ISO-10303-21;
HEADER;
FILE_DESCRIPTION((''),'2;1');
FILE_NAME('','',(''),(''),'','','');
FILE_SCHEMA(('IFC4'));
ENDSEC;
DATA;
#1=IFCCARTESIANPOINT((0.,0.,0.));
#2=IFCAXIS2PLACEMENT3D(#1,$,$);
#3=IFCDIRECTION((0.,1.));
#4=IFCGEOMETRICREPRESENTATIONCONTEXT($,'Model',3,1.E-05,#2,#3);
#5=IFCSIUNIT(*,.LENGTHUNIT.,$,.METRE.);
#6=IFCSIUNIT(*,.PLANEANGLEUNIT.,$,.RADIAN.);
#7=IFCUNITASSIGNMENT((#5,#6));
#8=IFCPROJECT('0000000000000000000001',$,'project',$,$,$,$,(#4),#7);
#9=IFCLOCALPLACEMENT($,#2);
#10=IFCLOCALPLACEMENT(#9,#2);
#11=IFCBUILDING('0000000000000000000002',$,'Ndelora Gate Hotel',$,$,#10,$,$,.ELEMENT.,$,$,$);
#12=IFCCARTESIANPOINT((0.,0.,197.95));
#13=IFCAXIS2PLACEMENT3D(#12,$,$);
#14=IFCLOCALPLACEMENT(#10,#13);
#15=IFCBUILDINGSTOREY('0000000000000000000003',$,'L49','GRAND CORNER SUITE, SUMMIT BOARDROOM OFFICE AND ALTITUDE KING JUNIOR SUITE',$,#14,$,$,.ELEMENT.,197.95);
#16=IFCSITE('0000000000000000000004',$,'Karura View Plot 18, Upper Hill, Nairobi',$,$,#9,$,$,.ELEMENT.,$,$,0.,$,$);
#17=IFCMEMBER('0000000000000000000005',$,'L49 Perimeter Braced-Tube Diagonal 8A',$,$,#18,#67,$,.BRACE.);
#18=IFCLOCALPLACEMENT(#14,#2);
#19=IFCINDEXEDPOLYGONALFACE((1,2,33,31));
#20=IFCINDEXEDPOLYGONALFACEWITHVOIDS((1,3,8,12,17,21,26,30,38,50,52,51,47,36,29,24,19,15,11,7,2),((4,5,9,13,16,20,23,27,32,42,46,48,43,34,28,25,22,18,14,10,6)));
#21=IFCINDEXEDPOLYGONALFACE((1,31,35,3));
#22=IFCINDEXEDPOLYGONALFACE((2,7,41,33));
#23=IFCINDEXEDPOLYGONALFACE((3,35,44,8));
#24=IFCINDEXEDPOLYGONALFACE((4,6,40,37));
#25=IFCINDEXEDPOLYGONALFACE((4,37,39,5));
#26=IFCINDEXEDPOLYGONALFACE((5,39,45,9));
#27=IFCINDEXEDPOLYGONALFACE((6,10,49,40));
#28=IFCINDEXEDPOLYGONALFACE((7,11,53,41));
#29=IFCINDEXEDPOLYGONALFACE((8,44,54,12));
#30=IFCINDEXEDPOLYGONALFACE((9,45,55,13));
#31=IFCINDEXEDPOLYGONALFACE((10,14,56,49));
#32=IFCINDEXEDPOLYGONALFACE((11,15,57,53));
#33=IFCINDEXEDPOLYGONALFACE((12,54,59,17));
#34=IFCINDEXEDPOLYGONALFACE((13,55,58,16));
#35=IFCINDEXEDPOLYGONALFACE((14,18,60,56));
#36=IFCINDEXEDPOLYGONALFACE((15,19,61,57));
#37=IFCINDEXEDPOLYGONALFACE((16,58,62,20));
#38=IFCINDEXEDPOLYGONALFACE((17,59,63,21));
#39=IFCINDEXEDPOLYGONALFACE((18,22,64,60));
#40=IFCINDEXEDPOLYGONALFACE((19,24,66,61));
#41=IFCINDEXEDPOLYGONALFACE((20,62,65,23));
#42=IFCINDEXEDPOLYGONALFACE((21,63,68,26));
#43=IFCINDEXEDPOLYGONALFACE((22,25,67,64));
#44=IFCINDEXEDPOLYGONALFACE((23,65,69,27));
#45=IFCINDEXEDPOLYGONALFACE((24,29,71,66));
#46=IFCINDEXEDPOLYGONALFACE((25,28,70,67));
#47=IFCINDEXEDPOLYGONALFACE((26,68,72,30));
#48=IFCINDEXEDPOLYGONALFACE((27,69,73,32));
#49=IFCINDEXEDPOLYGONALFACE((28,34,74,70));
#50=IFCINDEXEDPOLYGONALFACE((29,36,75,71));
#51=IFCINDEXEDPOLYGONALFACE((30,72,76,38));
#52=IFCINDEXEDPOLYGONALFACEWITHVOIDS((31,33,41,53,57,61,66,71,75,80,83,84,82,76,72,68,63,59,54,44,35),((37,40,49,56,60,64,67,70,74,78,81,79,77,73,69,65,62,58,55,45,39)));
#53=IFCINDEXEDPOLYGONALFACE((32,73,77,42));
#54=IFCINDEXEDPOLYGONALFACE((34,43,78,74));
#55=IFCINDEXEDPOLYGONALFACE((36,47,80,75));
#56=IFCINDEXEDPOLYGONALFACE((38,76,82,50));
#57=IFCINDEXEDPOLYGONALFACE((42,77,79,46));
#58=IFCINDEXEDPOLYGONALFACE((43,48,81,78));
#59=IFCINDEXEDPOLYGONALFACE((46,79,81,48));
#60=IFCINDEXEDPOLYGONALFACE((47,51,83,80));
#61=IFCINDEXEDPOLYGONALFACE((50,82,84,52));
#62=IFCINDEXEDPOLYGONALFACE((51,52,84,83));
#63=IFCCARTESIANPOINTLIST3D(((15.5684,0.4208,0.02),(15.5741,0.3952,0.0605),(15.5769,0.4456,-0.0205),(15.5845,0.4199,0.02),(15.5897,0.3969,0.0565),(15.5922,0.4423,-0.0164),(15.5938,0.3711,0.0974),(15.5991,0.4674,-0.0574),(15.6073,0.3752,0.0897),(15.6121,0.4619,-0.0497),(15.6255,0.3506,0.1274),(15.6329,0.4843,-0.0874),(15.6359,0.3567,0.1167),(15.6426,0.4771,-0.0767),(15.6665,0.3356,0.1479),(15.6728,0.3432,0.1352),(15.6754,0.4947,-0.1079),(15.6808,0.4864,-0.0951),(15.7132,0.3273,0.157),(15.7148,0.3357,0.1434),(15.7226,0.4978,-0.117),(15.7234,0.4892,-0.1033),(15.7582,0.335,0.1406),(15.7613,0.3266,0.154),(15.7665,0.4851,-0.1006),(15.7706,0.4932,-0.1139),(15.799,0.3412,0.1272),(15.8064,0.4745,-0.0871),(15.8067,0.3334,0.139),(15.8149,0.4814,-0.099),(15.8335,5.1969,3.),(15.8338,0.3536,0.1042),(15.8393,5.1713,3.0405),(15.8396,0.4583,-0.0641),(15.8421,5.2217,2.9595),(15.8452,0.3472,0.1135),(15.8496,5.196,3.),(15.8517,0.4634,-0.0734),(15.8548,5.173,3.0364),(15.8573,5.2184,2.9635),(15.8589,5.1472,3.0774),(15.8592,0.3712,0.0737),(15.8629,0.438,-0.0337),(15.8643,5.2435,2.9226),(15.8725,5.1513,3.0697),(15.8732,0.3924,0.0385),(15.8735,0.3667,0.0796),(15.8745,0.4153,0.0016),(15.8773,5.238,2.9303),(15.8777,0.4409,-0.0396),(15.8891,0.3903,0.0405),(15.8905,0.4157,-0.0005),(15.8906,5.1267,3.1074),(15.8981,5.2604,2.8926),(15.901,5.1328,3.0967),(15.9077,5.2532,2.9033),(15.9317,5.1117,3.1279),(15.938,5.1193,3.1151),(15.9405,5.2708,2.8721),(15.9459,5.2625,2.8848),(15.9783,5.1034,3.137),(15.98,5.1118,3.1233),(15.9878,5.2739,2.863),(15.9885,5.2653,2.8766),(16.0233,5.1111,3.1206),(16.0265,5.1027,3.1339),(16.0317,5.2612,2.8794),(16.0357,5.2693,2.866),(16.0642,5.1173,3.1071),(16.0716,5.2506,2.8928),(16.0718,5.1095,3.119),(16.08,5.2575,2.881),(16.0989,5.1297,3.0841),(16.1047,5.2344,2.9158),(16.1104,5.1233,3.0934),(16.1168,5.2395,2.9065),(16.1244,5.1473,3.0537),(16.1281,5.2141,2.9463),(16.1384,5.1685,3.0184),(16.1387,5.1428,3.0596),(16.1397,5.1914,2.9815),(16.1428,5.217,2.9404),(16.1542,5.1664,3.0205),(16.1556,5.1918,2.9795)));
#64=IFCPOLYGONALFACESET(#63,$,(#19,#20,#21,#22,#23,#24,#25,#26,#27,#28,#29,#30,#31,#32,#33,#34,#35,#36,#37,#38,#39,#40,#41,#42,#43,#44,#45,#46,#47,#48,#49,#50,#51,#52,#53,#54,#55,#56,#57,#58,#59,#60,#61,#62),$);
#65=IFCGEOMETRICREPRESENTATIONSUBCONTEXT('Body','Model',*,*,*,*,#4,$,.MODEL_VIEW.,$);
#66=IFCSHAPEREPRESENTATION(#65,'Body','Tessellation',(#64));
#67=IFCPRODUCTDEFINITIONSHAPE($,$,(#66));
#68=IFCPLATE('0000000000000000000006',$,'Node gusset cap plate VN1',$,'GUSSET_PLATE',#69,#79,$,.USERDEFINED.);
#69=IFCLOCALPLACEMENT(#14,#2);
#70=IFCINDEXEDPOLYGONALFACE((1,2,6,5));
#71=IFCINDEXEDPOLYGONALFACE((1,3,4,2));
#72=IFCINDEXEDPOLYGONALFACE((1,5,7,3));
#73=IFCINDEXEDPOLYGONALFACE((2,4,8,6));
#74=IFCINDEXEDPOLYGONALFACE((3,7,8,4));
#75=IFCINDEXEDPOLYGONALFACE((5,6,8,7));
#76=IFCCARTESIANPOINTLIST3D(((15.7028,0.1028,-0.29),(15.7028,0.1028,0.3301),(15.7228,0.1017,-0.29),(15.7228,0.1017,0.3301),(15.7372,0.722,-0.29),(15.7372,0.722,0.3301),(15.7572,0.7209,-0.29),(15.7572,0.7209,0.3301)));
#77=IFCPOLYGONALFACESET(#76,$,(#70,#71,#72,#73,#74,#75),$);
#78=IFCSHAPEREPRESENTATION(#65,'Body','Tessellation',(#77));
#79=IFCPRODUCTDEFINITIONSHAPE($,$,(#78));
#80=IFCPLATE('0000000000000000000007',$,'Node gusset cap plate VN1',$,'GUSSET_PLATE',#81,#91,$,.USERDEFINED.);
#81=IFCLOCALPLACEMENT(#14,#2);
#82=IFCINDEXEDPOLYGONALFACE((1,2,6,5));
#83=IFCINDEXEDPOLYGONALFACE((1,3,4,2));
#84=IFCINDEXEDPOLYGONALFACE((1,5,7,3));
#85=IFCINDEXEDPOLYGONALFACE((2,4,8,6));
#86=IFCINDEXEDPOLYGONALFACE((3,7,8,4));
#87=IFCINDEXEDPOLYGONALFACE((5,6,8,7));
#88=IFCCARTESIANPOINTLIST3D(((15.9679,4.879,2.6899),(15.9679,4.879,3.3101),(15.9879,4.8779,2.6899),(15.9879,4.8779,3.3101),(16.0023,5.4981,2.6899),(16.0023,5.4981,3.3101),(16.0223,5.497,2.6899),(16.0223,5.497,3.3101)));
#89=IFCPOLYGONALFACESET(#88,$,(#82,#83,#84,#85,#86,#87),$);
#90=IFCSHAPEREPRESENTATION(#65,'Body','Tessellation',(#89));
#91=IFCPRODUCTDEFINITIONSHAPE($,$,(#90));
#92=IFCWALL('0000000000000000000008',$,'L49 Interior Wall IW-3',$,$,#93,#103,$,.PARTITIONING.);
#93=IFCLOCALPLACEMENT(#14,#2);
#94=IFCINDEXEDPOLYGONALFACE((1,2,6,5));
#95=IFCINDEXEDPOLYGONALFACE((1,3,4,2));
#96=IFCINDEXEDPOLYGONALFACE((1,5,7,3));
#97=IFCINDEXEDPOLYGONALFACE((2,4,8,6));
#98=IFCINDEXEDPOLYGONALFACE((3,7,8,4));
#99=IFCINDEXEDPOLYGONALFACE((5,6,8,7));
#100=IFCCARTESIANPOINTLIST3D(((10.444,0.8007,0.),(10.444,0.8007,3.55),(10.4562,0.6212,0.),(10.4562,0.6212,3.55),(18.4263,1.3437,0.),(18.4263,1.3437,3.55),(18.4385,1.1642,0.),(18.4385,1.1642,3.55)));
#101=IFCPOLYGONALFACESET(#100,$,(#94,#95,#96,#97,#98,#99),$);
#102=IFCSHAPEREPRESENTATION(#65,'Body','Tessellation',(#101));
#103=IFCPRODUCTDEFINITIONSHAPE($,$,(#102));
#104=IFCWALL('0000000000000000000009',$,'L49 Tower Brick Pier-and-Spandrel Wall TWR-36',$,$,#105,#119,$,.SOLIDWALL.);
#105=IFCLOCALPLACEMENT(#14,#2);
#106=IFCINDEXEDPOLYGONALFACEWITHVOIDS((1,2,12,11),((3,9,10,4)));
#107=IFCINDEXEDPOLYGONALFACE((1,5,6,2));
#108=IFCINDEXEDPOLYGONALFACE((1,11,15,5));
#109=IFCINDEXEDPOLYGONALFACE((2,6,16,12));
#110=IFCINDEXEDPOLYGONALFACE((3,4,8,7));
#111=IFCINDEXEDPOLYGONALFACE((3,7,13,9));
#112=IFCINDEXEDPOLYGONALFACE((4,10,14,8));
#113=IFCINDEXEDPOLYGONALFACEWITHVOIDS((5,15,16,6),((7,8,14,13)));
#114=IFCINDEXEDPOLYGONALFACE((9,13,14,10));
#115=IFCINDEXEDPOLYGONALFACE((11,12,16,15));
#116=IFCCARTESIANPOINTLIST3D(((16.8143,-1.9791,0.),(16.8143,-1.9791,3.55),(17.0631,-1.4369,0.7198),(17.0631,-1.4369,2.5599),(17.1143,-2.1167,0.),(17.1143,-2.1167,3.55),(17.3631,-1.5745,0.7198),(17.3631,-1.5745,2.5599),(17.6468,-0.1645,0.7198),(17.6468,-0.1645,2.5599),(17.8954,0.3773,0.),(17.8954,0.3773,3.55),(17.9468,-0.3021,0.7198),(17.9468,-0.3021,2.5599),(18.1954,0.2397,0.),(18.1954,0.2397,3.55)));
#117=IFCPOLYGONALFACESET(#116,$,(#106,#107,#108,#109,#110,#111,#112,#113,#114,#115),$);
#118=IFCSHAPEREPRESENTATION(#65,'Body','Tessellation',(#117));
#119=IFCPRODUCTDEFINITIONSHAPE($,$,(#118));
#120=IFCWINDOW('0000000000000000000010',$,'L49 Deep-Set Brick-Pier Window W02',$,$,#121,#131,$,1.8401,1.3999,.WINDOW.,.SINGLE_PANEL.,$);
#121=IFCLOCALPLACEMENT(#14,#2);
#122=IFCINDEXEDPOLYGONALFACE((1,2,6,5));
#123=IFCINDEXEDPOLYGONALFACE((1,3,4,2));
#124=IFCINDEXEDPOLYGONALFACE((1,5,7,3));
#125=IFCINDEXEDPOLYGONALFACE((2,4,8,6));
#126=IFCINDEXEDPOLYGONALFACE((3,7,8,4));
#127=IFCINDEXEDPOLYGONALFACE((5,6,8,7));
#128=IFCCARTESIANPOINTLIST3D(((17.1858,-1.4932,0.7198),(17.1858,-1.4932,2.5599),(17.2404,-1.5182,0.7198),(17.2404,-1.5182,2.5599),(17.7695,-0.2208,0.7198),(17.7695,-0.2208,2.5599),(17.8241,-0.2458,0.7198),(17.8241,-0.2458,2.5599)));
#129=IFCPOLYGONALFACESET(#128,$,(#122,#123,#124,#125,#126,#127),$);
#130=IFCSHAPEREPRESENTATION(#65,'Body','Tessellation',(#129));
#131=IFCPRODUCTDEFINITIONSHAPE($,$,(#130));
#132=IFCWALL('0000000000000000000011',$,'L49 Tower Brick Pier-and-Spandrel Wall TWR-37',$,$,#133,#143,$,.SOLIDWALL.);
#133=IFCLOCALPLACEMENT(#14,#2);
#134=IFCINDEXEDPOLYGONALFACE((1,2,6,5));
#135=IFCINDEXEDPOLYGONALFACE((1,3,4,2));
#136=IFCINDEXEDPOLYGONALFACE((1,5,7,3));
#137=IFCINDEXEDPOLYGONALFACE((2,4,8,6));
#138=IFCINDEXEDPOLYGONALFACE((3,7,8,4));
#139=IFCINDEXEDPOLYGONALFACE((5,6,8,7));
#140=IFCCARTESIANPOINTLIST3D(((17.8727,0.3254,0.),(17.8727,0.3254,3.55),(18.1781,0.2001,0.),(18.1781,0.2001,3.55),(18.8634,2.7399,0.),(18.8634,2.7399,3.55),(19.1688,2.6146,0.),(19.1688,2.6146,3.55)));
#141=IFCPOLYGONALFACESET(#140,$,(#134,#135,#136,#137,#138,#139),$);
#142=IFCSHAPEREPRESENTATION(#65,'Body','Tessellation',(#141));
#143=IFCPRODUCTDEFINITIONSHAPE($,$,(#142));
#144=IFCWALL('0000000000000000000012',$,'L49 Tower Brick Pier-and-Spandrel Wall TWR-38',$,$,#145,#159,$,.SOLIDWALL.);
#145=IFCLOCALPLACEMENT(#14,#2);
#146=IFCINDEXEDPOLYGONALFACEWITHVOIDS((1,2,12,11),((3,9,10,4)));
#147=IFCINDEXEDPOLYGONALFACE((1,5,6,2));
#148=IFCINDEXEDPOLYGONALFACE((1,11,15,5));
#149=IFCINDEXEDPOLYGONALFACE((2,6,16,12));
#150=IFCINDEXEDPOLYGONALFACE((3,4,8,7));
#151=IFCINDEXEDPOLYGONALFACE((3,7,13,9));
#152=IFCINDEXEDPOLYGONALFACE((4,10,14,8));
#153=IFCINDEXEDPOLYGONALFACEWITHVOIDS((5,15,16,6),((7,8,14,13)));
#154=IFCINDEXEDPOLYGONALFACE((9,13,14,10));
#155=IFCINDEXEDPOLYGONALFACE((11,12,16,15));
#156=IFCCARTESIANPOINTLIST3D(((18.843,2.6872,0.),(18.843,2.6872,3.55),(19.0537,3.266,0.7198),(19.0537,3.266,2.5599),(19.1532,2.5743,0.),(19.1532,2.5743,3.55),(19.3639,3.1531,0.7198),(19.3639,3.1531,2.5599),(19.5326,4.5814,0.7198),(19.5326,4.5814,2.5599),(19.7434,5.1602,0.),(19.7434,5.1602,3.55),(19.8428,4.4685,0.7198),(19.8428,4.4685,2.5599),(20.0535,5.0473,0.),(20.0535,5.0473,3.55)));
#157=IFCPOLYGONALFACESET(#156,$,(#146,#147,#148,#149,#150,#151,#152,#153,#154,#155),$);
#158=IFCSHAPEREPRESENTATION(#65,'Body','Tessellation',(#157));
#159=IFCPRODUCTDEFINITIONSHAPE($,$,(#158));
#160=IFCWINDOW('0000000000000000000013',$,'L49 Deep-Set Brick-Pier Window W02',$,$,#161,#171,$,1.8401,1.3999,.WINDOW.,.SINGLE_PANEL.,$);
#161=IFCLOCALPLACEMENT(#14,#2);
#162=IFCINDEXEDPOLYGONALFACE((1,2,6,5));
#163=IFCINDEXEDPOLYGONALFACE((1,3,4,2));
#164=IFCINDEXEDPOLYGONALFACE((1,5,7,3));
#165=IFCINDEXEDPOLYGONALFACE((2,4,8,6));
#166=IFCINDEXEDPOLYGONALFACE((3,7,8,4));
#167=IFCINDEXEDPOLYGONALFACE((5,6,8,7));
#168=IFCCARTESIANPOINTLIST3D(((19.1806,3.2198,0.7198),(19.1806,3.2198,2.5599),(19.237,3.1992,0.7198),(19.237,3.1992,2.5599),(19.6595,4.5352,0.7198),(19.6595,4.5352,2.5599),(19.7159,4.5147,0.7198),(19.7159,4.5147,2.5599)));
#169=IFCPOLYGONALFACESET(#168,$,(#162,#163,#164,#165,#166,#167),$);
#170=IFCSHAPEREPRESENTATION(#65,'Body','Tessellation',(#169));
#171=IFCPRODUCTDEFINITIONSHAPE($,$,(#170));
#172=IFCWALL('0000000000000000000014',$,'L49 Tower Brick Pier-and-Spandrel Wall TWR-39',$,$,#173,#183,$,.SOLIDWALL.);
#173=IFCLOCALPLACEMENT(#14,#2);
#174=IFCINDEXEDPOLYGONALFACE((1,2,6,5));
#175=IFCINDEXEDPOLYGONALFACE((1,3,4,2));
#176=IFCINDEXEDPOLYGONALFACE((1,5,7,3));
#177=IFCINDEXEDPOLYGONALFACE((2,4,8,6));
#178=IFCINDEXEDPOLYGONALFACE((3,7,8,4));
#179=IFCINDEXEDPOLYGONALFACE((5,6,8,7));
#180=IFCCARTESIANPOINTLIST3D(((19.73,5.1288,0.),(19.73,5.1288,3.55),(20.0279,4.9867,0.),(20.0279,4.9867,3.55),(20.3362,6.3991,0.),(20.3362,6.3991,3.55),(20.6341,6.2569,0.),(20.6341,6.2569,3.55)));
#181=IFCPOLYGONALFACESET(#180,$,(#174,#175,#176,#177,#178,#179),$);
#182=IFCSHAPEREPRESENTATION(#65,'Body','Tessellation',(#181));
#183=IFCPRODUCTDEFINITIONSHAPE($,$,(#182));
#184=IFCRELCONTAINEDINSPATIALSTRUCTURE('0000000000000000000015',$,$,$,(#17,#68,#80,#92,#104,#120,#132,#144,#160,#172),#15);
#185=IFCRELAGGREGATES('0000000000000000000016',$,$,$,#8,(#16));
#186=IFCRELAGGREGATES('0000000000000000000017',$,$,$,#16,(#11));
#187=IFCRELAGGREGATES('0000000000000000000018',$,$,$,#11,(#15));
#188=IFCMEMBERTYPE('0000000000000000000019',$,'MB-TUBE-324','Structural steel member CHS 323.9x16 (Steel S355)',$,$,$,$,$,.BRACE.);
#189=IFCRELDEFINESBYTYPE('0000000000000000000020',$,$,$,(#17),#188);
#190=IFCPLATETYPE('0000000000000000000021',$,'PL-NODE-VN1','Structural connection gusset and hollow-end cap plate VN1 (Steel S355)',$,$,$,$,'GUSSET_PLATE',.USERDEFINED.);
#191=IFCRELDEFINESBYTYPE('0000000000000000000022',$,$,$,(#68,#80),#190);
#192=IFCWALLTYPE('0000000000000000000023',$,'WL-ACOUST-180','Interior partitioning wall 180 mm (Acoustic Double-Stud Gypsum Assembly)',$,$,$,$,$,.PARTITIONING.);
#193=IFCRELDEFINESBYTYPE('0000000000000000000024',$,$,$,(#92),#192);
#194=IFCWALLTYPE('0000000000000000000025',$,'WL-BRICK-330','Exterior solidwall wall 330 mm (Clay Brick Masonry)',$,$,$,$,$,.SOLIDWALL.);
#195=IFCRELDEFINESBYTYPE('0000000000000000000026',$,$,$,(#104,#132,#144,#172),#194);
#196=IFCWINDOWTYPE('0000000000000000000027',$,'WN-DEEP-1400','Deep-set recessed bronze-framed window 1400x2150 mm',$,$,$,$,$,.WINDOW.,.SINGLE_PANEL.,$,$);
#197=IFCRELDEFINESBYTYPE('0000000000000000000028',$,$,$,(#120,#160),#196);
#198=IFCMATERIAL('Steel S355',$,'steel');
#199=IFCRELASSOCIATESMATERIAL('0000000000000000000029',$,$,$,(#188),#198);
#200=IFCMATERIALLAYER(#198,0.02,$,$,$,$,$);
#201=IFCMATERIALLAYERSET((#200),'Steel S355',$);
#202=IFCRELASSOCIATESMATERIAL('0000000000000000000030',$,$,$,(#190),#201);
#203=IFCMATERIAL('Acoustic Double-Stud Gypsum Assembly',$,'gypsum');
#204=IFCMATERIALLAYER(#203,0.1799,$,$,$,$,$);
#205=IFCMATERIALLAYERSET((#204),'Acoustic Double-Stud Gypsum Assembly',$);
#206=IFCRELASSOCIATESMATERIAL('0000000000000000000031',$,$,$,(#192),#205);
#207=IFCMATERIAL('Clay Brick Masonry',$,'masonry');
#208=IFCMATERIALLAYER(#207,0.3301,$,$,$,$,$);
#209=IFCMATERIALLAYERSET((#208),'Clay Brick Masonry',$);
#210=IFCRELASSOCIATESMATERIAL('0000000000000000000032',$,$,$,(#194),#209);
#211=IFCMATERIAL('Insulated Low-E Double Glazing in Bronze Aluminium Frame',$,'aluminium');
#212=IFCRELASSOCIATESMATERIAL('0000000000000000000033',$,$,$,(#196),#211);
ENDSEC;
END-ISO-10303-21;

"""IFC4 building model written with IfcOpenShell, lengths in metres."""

from ifc_helpers import new_model, si_unit, direction, frame, frame_2d, origin, origin_2d, place, context, subcontext, project, spatial, rectangle, hollow_circle, extrude, material, layer, layer_set, material_profile, profile_set, type_object, element, fill, save


model = new_model("IFC4")

# Units and contexts
model_context = context("Model", 3, precision=1e-05, world=origin(), true_north=direction((0.0, 1.0)))
body_context = subcontext(model_context, "Body", "Model", "MODEL_VIEW")
ifc_project = project(units=[si_unit("LENGTHUNIT", "METRE"), si_unit("PLANEANGLEUNIT", "RADIAN")], contexts=[model_context])

# Site, building, storey
site_placement = place(None, origin())
site = spatial("IfcSite", under=ifc_project, at=site_placement, Name="Karura View Plot 18, Upper Hill, Nairobi", CompositionType="ELEMENT", RefElevation=0.0)
building_placement = place(site_placement, origin())
building = spatial("IfcBuilding", under=site, at=building_placement, Name="Ndelora Gate Hotel", CompositionType="ELEMENT")
storey_placement = place(building_placement, frame((0.0, 0.0, 197.95)))
storey = spatial("IfcBuildingStorey", under=building, at=storey_placement, Name="L49", Description="GRAND CORNER SUITE, SUMMIT BOARDROOM OFFICE AND ALTITUDE KING JUNIOR SUITE", CompositionType="ELEMENT", Elevation=197.95)

# Shared definitions
ifc_material_1 = material(Name="Steel S355", Category="steel")

# Member
ifc_material_profile_1 = material_profile(ifc_material_1, hollow_circle(Radius=0.1619, WallThickness=0.0161, at=origin_2d()), Name="CHS 323.9x16")
ifc_profile_set_1 = profile_set([ifc_material_profile_1], Name="Steel S355")
member_type = type_object("IfcMemberType", Name="MB-TUBE-324", Description="Structural steel member CHS 323.9x16 (Steel S355)", PredefinedType="BRACE", material=ifc_profile_set_1)
member_placement = place(storey_placement, frame((15.73, 0.4119, 0.02), z_axis=(0.047045, 0.847466, 0.528762), x_axis=(-0.998463, 0.055428, 0.0)))
element("IfcMember", 1, at=member_placement, inside=storey, type_object=member_type, Name="L49 Perimeter Braced-Tube Diagonal 8A", PredefinedType="BRACE", context=body_context, shape_type="SweptSolid", body=[
    extrude(hollow_circle(Radius=0.1619, WallThickness=0.0161, at=origin_2d()), origin(), (0.0, 0.0, 1.0), 5.6357),
])

# Plates
ifc_layer_1 = layer(ifc_material_1, 0.02)
ifc_layer_set_1 = layer_set([ifc_layer_1], Name="Steel S355")
plate_type = type_object("IfcPlateType", Name="PL-NODE-VN1", Description="Structural connection gusset and hollow-end cap plate VN1 (Steel S355)", ElementType="GUSSET_PLATE", PredefinedType="USERDEFINED", material=ifc_layer_set_1)
for number, where, z_axis, x_axis, name in (
    (2, (15.73, 0.4119, -0.29), (0.0, 0.0, 1.0), (0.055473, 0.99846, 0.0), "Node gusset cap plate VN1"),
    (3, (15.9951, 5.188, 2.6899), (0.0, 0.0, 1.0), (0.055473, 0.99846, 0.0), "Node gusset cap plate VN1"),
):
    element("IfcPlate", number, at=place(storey_placement, frame(where, z_axis=z_axis, x_axis=x_axis)), inside=storey, type_object=plate_type, Name=name, ObjectType="GUSSET_PLATE", PredefinedType="USERDEFINED", context=body_context, shape_type="SweptSolid", body=[
        extrude(rectangle(XDim=0.6201, YDim=0.02, at=origin_2d()), origin(), (0.0, 0.0, 1.0), 0.6201),
    ])

# Wall
ifc_material_2 = material(Name="Acoustic Double-Stud Gypsum Assembly", Category="gypsum")
ifc_layer_2 = layer(ifc_material_2, 0.1799)
ifc_layer_set_2 = layer_set([ifc_layer_2], Name="Acoustic Double-Stud Gypsum Assembly")
wall_type_1 = type_object("IfcWallType", Name="WL-ACOUST-180", Description="Interior partitioning wall 180 mm (Acoustic Double-Stud Gypsum Assembly)", PredefinedType="PARTITIONING", material=ifc_layer_set_2)
wall_1_placement = place(storey_placement, frame((10.45, 0.7109, 0.0), z_axis=(0.0, 0.0, 1.0), x_axis=(0.997694, 0.067866, 0.0)))
element("IfcWall", 4, at=wall_1_placement, inside=storey, type_object=wall_type_1, Name="L49 Interior Wall IW-3", PredefinedType="PARTITIONING", context=body_context, shape_type="SweptSolid", body=[
    extrude(rectangle(XDim=8.0007, YDim=0.1799, at=frame_2d((4.0005, 0.0))), origin(), (0.0, 0.0, 1.0), 3.55),
])

# Wall, opening, window
ifc_material_3 = material(Name="Clay Brick Masonry", Category="masonry")
ifc_layer_3 = layer(ifc_material_3, 0.3301)
ifc_layer_set_3 = layer_set([ifc_layer_3], Name="Clay Brick Masonry")
wall_type_2 = type_object("IfcWallType", Name="WL-BRICK-330", Description="Exterior solidwall wall 330 mm (Clay Brick Masonry)", PredefinedType="SOLIDWALL", material=ifc_layer_set_3)
wall_2_placement = place(storey_placement, frame((18.0454, 0.3086, 0.0), z_axis=(0.0, 0.0, 1.0), x_axis=(-0.416979, -0.908916, 0.0)))
wall_2 = element("IfcWall", 5, at=wall_2_placement, inside=storey, type_object=wall_type_2, Name="L49 Tower Brick Pier-and-Spandrel Wall TWR-36", PredefinedType="SOLIDWALL", context=body_context, shape_type="SweptSolid", body=[
    extrude(rectangle(XDim=2.5925, YDim=0.3301, at=frame_2d((1.2964, 0.0))), origin(), (0.0, 0.0, 1.0), 3.55),
])
opening_1_placement = place(wall_2_placement, frame((0.5962, 0.0, 0.72)))
opening_1 = element("IfcOpeningElement", 6, at=opening_1_placement, cuts=wall_2, PredefinedType="OPENING", context=body_context, shape_type="SweptSolid", body=[
    extrude(rectangle(XDim=1.3999, YDim=1.8401, at=frame_2d((0.7, 0.9199))), frame((0.0, 0.175, 0.0), z_axis=(0.0, -1.0, 0.0), x_axis=(1.0, 0.0, 0.0)), (0.0, 0.0, 1.0), 0.3501),
])
ifc_material_4 = material(Name="Insulated Low-E Double Glazing in Bronze Aluminium Frame", Category="aluminium")
window_type = type_object("IfcWindowType", Name="WN-DEEP-1400", Description="Deep-set recessed bronze-framed window 1400x2150 mm", PartitioningType="SINGLE_PANEL", PredefinedType="WINDOW", material=ifc_material_4)
window_1_placement = place(opening_1_placement, origin())
window_1 = element("IfcWindow", 7, at=window_1_placement, inside=storey, type_object=window_type, Name="L49 Deep-Set Brick-Pier Window W02", OverallHeight=1.8401, OverallWidth=1.3999, PartitioningType="SINGLE_PANEL", PredefinedType="WINDOW", context=body_context, shape_type="SweptSolid", body=[
    extrude(rectangle(XDim=1.3999, YDim=1.8401, at=frame_2d((0.7, 0.9199))), frame((0.0, 0.03, 0.0), z_axis=(0.0, -1.0, 0.0), x_axis=(1.0, 0.0, 0.0)), (0.0, 0.0, 1.0), 0.0601),
])
fill(opening_1, window_1)

# Wall
wall_3_placement = place(storey_placement, frame((19.0161, 2.6772, 0.0), z_axis=(0.0, 0.0, 1.0), x_axis=(-0.379602, -0.92515, 0.0)))
element("IfcWall", 8, at=wall_3_placement, inside=storey, type_object=wall_type_2, Name="L49 Tower Brick Pier-and-Spandrel Wall TWR-37", PredefinedType="SOLIDWALL", context=body_context, shape_type="SweptSolid", body=[
    extrude(rectangle(XDim=2.6099, YDim=0.3301, at=frame_2d((1.3049, 0.0))), origin(), (0.0, 0.0, 1.0), 3.55),
])

# Wall, opening, window
wall_4_placement = place(storey_placement, frame((19.8984, 5.1038, 0.0), z_axis=(0.0, 0.0, 1.0), x_axis=(-0.342101, -0.939663, 0.0)))
wall_4 = element("IfcWall", 9, at=wall_4_placement, inside=storey, type_object=wall_type_2, Name="L49 Tower Brick Pier-and-Spandrel Wall TWR-38", PredefinedType="SOLIDWALL", context=body_context, shape_type="SweptSolid", body=[
    extrude(rectangle(XDim=2.6318, YDim=0.3301, at=frame_2d((1.3159, 0.0))), origin(), (0.0, 0.0, 1.0), 3.55),
])
opening_2_placement = place(wall_4_placement, frame((0.616, 0.0, 0.72)))
opening_2 = element("IfcOpeningElement", 10, at=opening_2_placement, cuts=wall_4, PredefinedType="OPENING", context=body_context, shape_type="SweptSolid", body=[
    extrude(rectangle(XDim=1.3999, YDim=1.8401, at=frame_2d((0.7, 0.9199))), frame((0.0, 0.175, 0.0), z_axis=(0.0, -1.0, 0.0), x_axis=(1.0, 0.0, 0.0)), (0.0, 0.0, 1.0), 0.3501),
])
window_2_placement = place(opening_2_placement, origin())
window_2 = element("IfcWindow", 11, at=window_2_placement, inside=storey, type_object=window_type, Name="L49 Deep-Set Brick-Pier Window W02", OverallHeight=1.8401, OverallWidth=1.3999, PartitioningType="SINGLE_PANEL", PredefinedType="WINDOW", context=body_context, shape_type="SweptSolid", body=[
    extrude(rectangle(XDim=1.3999, YDim=1.8401, at=frame_2d((0.7, 0.9199))), frame((0.0, 0.03, 0.0), z_axis=(0.0, -1.0, 0.0), x_axis=(1.0, 0.0, 0.0)), (0.0, 0.0, 1.0), 0.0601),
])
fill(opening_2, window_2)

# Wall
wall_5_placement = place(storey_placement, frame((20.4851, 6.3279, 0.0), z_axis=(0.0, 0.0, 1.0), x_axis=(-0.430694, -0.902498, 0.0)))
element("IfcWall", 12, at=wall_5_placement, inside=storey, type_object=wall_type_2, Name="L49 Tower Brick Pier-and-Spandrel Wall TWR-39", PredefinedType="SOLIDWALL", context=body_context, shape_type="SweptSolid", body=[
    extrude(rectangle(XDim=1.4075, YDim=0.3301, at=frame_2d((0.7036, 0.0))), origin(), (0.0, 0.0, 1.0), 3.55),
])

save(model, "model.ifc")
